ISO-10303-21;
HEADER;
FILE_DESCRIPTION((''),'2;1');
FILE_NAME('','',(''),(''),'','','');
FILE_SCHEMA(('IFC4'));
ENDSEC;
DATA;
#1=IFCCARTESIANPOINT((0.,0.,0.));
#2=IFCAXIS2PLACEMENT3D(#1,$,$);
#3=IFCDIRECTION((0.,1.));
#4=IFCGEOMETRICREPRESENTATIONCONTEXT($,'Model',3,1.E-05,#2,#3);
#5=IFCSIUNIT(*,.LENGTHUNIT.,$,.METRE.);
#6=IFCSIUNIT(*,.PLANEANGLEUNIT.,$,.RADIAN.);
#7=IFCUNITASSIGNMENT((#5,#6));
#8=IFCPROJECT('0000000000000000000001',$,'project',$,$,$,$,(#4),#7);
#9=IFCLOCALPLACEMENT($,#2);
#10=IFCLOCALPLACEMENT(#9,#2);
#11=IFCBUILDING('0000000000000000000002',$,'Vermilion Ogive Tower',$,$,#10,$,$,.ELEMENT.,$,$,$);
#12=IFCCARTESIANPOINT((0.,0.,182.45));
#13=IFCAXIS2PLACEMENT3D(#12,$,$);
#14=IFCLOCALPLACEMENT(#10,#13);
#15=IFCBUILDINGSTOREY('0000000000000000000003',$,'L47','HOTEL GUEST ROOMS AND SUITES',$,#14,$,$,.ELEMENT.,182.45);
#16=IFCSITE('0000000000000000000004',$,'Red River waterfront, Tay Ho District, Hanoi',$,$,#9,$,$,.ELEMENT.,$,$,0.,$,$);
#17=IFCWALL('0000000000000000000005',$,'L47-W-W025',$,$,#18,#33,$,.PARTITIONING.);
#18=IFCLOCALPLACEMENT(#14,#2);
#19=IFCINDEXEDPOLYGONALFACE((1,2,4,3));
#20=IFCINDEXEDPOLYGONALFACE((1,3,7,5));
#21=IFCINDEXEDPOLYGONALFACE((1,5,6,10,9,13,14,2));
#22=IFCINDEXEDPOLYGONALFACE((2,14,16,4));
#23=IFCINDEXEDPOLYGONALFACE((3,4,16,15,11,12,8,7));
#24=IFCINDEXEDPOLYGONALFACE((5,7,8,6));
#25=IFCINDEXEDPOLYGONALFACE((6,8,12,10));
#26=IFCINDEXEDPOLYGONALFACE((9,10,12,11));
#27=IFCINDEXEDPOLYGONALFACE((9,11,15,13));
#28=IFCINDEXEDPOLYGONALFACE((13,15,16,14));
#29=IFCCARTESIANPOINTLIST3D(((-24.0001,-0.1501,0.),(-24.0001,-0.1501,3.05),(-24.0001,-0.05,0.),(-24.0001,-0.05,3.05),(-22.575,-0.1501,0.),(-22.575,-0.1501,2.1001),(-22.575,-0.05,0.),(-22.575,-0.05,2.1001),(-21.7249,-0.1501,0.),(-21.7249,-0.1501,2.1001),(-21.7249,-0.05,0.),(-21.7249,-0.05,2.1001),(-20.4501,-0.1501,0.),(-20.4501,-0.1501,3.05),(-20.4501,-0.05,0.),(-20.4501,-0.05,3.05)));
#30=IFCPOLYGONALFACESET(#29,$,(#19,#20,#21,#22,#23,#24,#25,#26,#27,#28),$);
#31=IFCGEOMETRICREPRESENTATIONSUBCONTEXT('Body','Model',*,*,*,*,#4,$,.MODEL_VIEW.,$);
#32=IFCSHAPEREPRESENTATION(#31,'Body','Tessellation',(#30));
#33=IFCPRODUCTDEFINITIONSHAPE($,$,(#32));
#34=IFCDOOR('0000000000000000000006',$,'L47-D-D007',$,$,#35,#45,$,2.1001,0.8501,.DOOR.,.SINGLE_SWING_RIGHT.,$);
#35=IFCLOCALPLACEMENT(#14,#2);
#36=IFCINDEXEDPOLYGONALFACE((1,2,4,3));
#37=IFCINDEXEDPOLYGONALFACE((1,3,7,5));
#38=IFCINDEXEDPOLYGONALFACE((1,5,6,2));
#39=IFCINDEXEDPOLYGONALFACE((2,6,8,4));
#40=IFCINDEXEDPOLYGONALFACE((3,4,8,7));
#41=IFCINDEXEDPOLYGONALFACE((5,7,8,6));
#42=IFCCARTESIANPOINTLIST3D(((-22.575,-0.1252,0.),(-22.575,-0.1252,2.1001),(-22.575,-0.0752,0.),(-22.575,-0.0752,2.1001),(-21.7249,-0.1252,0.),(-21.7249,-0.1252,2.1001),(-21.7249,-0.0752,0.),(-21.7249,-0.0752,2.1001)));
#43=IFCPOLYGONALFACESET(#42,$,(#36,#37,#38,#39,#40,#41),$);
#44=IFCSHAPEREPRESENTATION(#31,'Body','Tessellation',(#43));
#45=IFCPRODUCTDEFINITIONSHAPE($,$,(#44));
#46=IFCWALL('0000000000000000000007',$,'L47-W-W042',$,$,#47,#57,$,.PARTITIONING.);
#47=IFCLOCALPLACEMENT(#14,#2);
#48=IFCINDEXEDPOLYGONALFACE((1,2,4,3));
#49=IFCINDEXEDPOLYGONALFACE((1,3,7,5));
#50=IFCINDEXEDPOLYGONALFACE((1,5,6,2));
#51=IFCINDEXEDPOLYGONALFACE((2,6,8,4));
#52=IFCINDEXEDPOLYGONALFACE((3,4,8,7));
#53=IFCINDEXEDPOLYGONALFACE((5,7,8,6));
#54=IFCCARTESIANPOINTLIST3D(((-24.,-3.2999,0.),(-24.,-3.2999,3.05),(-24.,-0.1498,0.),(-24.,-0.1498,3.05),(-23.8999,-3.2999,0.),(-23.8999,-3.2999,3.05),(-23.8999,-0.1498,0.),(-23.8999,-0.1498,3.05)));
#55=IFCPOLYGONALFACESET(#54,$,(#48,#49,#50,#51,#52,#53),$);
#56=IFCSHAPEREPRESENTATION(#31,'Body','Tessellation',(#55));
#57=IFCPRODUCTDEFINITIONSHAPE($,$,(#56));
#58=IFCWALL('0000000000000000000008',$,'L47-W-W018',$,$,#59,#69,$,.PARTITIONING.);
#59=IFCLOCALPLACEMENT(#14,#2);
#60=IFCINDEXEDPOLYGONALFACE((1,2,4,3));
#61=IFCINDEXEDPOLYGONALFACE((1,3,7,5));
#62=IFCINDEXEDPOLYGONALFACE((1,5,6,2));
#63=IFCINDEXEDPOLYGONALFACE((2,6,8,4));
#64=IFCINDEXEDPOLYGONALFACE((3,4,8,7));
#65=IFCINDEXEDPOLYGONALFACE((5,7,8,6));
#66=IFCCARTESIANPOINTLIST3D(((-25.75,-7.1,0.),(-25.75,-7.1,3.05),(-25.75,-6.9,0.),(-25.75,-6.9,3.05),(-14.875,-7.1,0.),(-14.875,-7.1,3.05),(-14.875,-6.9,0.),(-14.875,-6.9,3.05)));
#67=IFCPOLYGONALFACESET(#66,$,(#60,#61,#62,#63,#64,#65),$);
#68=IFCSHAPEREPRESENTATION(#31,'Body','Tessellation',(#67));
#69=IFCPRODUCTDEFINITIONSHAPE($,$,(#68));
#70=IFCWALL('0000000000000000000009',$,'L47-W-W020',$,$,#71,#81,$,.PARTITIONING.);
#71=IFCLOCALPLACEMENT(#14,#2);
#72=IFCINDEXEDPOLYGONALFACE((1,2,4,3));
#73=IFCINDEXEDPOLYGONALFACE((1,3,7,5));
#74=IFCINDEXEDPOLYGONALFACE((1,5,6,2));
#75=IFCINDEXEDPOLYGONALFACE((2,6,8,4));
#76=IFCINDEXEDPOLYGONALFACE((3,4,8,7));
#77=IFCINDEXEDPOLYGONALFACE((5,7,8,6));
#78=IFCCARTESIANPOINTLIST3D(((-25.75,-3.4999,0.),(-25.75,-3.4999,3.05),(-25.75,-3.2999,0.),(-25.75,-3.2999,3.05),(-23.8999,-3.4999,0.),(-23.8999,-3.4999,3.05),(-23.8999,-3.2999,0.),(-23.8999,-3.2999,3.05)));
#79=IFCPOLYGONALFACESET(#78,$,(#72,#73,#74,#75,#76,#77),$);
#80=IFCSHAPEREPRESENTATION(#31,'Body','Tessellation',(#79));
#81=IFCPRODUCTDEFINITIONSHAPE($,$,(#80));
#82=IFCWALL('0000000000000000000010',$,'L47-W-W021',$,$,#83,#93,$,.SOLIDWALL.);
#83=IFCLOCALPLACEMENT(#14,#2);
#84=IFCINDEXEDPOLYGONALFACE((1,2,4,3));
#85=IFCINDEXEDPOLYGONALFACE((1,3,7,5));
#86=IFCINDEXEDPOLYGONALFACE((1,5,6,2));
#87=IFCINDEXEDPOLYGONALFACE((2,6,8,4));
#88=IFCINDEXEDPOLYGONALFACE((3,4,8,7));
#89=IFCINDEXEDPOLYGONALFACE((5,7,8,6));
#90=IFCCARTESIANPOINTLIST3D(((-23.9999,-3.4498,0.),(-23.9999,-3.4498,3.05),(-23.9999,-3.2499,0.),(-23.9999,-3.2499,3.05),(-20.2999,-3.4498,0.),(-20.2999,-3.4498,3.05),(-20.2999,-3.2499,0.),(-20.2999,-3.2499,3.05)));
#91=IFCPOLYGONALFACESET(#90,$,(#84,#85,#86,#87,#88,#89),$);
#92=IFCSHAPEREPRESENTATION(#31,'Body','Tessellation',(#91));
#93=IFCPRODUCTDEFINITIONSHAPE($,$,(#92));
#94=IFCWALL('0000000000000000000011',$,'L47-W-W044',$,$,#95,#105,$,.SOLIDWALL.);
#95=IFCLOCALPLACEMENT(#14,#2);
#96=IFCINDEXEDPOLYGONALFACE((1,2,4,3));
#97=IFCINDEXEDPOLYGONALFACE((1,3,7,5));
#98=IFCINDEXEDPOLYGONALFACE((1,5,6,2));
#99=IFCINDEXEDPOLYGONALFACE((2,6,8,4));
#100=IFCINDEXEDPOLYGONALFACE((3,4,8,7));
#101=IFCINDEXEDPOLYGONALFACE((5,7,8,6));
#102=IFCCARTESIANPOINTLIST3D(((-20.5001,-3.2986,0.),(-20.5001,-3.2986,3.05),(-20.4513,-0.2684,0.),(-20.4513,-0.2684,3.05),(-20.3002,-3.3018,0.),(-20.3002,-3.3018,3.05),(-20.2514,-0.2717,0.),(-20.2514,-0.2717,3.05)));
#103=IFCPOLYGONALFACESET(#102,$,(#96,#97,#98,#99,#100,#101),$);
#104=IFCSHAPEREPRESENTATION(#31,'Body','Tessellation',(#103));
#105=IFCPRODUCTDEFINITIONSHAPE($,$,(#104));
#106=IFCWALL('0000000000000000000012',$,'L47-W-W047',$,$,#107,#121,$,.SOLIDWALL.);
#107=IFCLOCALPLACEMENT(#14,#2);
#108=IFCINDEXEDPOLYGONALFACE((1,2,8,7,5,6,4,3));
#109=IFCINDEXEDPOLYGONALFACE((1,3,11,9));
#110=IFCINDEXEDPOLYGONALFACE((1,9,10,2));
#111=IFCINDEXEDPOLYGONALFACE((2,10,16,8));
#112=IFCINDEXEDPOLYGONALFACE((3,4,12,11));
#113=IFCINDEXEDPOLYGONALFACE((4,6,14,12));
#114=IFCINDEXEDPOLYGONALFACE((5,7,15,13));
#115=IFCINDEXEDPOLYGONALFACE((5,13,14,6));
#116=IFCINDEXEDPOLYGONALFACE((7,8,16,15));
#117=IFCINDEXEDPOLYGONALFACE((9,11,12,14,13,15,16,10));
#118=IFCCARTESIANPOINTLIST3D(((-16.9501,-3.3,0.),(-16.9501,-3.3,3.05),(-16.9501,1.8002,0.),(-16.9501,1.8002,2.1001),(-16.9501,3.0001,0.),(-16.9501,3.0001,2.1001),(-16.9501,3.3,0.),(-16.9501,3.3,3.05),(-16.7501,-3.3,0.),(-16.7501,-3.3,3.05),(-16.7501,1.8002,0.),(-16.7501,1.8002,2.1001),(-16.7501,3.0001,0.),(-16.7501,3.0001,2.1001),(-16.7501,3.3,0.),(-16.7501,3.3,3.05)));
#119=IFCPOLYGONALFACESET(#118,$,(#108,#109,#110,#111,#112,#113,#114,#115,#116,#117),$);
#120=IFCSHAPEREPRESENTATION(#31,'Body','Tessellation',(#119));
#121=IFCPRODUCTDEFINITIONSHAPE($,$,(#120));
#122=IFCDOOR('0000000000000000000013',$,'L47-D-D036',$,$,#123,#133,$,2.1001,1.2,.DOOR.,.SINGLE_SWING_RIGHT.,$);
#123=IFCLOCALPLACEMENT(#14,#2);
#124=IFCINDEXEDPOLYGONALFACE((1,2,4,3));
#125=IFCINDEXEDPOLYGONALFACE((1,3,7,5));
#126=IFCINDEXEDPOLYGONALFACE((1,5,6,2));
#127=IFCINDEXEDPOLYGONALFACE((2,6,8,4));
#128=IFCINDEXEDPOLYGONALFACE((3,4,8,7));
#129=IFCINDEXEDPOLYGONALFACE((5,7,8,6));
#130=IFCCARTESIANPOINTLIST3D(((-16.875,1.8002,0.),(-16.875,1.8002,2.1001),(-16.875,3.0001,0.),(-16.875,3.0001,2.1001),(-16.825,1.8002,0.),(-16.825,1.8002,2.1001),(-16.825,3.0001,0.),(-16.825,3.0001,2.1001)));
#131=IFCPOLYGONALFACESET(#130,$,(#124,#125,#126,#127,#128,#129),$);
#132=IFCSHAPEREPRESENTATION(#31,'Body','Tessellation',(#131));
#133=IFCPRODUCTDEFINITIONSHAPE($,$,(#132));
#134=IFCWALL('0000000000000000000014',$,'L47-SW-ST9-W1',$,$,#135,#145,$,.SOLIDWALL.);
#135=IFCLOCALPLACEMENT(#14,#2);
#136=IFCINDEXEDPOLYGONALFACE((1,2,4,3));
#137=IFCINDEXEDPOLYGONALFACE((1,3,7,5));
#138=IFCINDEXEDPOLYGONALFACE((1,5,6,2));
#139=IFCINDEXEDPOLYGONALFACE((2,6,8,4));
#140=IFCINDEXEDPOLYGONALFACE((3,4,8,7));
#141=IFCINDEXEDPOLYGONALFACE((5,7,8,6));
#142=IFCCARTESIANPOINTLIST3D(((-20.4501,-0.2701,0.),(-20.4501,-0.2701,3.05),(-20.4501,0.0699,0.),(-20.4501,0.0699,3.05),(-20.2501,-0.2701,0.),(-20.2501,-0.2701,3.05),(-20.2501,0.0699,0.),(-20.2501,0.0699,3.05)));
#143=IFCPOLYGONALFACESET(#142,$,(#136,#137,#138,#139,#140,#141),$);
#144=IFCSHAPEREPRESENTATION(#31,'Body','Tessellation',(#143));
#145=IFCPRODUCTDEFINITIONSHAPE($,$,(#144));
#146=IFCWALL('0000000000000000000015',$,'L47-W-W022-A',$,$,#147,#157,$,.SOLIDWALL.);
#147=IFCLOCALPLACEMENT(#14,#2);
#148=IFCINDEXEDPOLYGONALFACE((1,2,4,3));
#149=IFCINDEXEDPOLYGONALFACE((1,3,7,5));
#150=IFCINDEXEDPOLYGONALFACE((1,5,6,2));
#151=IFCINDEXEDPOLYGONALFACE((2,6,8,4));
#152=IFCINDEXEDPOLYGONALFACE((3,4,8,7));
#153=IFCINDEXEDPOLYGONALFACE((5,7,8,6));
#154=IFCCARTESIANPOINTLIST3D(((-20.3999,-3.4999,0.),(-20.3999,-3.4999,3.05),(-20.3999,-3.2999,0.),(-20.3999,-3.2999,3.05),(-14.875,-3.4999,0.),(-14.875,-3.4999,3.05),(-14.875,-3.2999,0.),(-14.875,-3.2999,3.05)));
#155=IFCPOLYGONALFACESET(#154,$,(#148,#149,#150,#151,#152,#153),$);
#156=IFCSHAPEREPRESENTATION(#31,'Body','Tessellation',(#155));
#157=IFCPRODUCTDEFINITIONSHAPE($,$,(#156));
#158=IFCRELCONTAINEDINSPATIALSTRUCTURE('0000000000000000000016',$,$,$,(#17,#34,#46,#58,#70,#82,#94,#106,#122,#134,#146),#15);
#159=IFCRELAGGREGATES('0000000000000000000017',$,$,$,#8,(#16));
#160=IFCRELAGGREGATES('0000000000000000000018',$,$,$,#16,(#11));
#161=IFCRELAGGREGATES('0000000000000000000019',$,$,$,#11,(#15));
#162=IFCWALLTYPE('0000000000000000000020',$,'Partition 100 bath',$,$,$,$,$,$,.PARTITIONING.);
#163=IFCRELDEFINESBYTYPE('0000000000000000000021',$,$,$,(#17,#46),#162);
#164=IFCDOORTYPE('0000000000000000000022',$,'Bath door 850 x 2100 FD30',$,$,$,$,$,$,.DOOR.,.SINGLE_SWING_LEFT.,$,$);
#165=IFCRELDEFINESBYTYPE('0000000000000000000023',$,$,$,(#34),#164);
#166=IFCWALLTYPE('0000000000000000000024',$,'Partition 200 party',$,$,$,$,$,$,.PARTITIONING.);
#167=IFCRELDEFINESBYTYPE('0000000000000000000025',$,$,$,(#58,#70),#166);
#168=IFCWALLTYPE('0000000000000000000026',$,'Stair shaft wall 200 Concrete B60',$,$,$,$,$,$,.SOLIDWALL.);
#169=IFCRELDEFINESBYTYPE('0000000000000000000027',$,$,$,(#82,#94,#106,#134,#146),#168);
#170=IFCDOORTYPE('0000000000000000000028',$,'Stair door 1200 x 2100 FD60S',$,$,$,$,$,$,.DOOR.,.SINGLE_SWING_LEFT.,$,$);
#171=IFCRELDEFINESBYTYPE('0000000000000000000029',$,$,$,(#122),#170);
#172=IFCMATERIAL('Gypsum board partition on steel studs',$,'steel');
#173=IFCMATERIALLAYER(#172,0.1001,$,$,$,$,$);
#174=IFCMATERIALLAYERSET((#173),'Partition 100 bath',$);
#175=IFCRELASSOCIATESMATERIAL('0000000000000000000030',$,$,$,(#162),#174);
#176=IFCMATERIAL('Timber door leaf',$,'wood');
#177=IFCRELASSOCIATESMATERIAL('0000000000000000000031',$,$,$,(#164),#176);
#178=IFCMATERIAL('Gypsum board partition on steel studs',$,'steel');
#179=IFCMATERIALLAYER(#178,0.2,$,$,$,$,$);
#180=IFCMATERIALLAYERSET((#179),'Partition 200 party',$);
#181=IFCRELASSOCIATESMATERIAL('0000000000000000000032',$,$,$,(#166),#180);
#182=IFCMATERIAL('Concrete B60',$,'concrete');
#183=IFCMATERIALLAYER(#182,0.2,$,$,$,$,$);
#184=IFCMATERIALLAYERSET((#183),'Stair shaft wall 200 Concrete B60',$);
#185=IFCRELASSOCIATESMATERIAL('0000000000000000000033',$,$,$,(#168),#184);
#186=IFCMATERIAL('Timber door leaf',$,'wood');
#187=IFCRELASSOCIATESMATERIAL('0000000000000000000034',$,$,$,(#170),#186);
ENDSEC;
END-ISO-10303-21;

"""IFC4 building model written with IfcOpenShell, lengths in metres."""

from ifc_helpers import new_model, si_unit, direction, frame, frame_2d, origin, place, context, subcontext, project, spatial, rectangle, extrude, material, layer, layer_set, type_object, element, fill, save


model = new_model("IFC4")

# Units and contexts
model_context = context("Model", 3, precision=1e-05, world=origin(), true_north=direction((0.0, 1.0)))
body_context = subcontext(model_context, "Body", "Model", "MODEL_VIEW")
ifc_project = project(units=[si_unit("LENGTHUNIT", "METRE"), si_unit("PLANEANGLEUNIT", "RADIAN")], contexts=[model_context])

# Site, building, storey
site_placement = place(None, origin())
site = spatial("IfcSite", under=ifc_project, at=site_placement, Name="Red River waterfront, Tay Ho District, Hanoi", CompositionType="ELEMENT", RefElevation=0.0)
building_placement = place(site_placement, origin())
building = spatial("IfcBuilding", under=site, at=building_placement, Name="Vermilion Ogive Tower", CompositionType="ELEMENT")
storey_placement = place(building_placement, frame((0.0, 0.0, 182.45)))
storey = spatial("IfcBuildingStorey", under=building, at=storey_placement, Name="L47", Description="HOTEL GUEST ROOMS AND SUITES", CompositionType="ELEMENT", Elevation=182.45)

# Wall, opening, door
ifc_material_1 = material(Name="Gypsum board partition on steel studs", Category="steel")
ifc_layer_1 = layer(ifc_material_1, 0.1001)
ifc_layer_set_1 = layer_set([ifc_layer_1], Name="Partition 100 bath")
wall_type_1 = type_object("IfcWallType", Name="Partition 100 bath", PredefinedType="PARTITIONING", material=ifc_layer_set_1)
wall_1_placement = place(storey_placement, frame((-24.0, -0.1001, 0.0), z_axis=(0.0, 0.0, 1.0), x_axis=(1.0, 0.0, 0.0)))
wall_1 = element("IfcWall", 1, at=wall_1_placement, inside=storey, type_object=wall_type_1, Name="L47-W-W025", PredefinedType="PARTITIONING", context=body_context, shape_type="SweptSolid", body=[
    extrude(rectangle(XDim=3.55, YDim=0.1001, at=frame_2d((1.7749, 0.0))), origin(), (0.0, 0.0, 1.0), 3.05),
])
opening_1_placement = place(wall_1_placement, frame((1.425, 0.0, 0.0)))
opening_1 = element("IfcOpeningElement", 2, at=opening_1_placement, cuts=wall_1, PredefinedType="OPENING", context=body_context, shape_type="SweptSolid", body=[
    extrude(rectangle(XDim=0.8501, YDim=2.1001, at=frame_2d((0.425, 1.05))), frame((0.0, 0.0601, 0.0), z_axis=(0.0, -1.0, 0.0), x_axis=(1.0, 0.0, 0.0)), (0.0, 0.0, 1.0), 0.1201),
])
ifc_material_2 = material(Name="Timber door leaf", Category="wood")
door_type_1 = type_object("IfcDoorType", Name="Bath door 850 x 2100 FD30", OperationType="SINGLE_SWING_LEFT", PredefinedType="DOOR", material=ifc_material_2)
door_1_placement = place(opening_1_placement, origin())
door_1 = element("IfcDoor", 3, at=door_1_placement, inside=storey, type_object=door_type_1, Name="L47-D-D007", OperationType="SINGLE_SWING_RIGHT", OverallHeight=2.1001, OverallWidth=0.8501, PredefinedType="DOOR", context=body_context, shape_type="SweptSolid", body=[
    extrude(rectangle(XDim=0.8501, YDim=2.1001, at=frame_2d((0.425, 1.05))), frame((0.0, 0.0249, 0.0), z_axis=(0.0, -1.0, 0.0), x_axis=(1.0, 0.0, 0.0)), (0.0, 0.0, 1.0), 0.05),
])
fill(opening_1, door_1)

# Walls
wall_2_placement = place(storey_placement, frame((-23.95, -3.3, 0.0), z_axis=(0.0, 0.0, 1.0), x_axis=(0.0, 1.0, 0.0)))
element("IfcWall", 4, at=wall_2_placement, inside=storey, type_object=wall_type_1, Name="L47-W-W042", PredefinedType="PARTITIONING", context=body_context, shape_type="SweptSolid", body=[
    extrude(rectangle(XDim=3.1501, YDim=0.1001, at=frame_2d((1.5752, 0.0))), origin(), (0.0, 0.0, 1.0), 3.05),
])
ifc_material_3 = material(Name="Gypsum board partition on steel studs", Category="steel")
ifc_layer_2 = layer(ifc_material_3, 0.2)
ifc_layer_set_2 = layer_set([ifc_layer_2], Name="Partition 200 party")
wall_type_2 = type_object("IfcWallType", Name="Partition 200 party", PredefinedType="PARTITIONING", material=ifc_layer_set_2)
wall_3_placement = place(storey_placement, frame((-25.75, -7.0, 0.0), z_axis=(0.0, 0.0, 1.0), x_axis=(1.0, 0.0, 0.0)))
element("IfcWall", 5, at=wall_3_placement, inside=storey, type_object=wall_type_2, Name="L47-W-W018", PredefinedType="PARTITIONING", context=body_context, shape_type="SweptSolid", body=[
    extrude(rectangle(XDim=10.875, YDim=0.2, at=frame_2d((5.4375, 0.0))), origin(), (0.0, 0.0, 1.0), 3.05),
])
wall_4_placement = place(storey_placement, frame((-25.75, -3.3999, 0.0), z_axis=(0.0, 0.0, 1.0), x_axis=(1.0, 0.0, 0.0)))
element("IfcWall", 6, at=wall_4_placement, inside=storey, type_object=wall_type_2, Name="L47-W-W020", PredefinedType="PARTITIONING", context=body_context, shape_type="SweptSolid", body=[
    extrude(rectangle(XDim=1.8501, YDim=0.2, at=frame_2d((0.925, 0.0))), origin(), (0.0, 0.0, 1.0), 3.05),
])
ifc_material_4 = material(Name="Concrete B60", Category="concrete")
ifc_layer_3 = layer(ifc_material_4, 0.2)
ifc_layer_set_3 = layer_set([ifc_layer_3], Name="Stair shaft wall 200 Concrete B60")
wall_type_3 = type_object("IfcWallType", Name="Stair shaft wall 200 Concrete B60", PredefinedType="SOLIDWALL", material=ifc_layer_set_3)
wall_5_placement = place(storey_placement, frame((-24.0, -3.3499, 0.0), z_axis=(0.0, 0.0, 1.0), x_axis=(1.0, 0.0, 0.0)))
element("IfcWall", 7, at=wall_5_placement, inside=storey, type_object=wall_type_3, Name="L47-W-W021", PredefinedType="SOLIDWALL", context=body_context, shape_type="SweptSolid", body=[
    extrude(rectangle(XDim=3.7, YDim=0.2, at=frame_2d((1.8501, 0.0))), origin(), (0.0, 0.0, 1.0), 3.05),
])
wall_6_placement = place(storey_placement, frame((-20.4001, -3.3, 0.0), z_axis=(0.0, 0.0, 1.0), x_axis=(0.016113, 0.99987, 0.0)))
element("IfcWall", 8, at=wall_6_placement, inside=storey, type_object=wall_type_3, Name="L47-W-W044", PredefinedType="SOLIDWALL", context=body_context, shape_type="SweptSolid", body=[
    extrude(rectangle(XDim=3.0305, YDim=0.2, at=frame_2d((1.5151, 0.0))), origin(), (0.0, 0.0, 1.0), 3.05),
])

# Wall, opening, door
wall_7_placement = place(storey_placement, frame((-16.8501, -3.3, 0.0), z_axis=(0.0, 0.0, 1.0), x_axis=(0.0, 1.0, 0.0)))
wall_7 = element("IfcWall", 9, at=wall_7_placement, inside=storey, type_object=wall_type_3, Name="L47-W-W047", PredefinedType="SOLIDWALL", context=body_context, shape_type="SweptSolid", body=[
    extrude(rectangle(XDim=6.6001, YDim=0.2, at=frame_2d((3.3, 0.0))), origin(), (0.0, 0.0, 1.0), 3.05),
])
opening_2_placement = place(wall_7_placement, frame((5.1001, 0.0, 0.0)))
opening_2 = element("IfcOpeningElement", 10, at=opening_2_placement, cuts=wall_7, PredefinedType="OPENING", context=body_context, shape_type="SweptSolid", body=[
    extrude(rectangle(XDim=1.2, YDim=2.1001, at=frame_2d((0.6001, 1.05))), frame((0.0, 0.1099, 0.0), z_axis=(0.0, -1.0, 0.0), x_axis=(1.0, 0.0, 0.0)), (0.0, 0.0, 1.0), 0.22),
])
ifc_material_5 = material(Name="Timber door leaf", Category="wood")
door_type_2 = type_object("IfcDoorType", Name="Stair door 1200 x 2100 FD60S", OperationType="SINGLE_SWING_LEFT", PredefinedType="DOOR", material=ifc_material_5)
door_2_placement = place(opening_2_placement, origin())
door_2 = element("IfcDoor", 11, at=door_2_placement, inside=storey, type_object=door_type_2, Name="L47-D-D036", OperationType="SINGLE_SWING_RIGHT", OverallHeight=2.1001, OverallWidth=1.2, PredefinedType="DOOR", context=body_context, shape_type="SweptSolid", body=[
    extrude(rectangle(XDim=1.2, YDim=2.1001, at=frame_2d((0.6001, 1.05))), frame((0.0, 0.0249, 0.0), z_axis=(0.0, -1.0, 0.0), x_axis=(1.0, 0.0, 0.0)), (0.0, 0.0, 1.0), 0.05),
])
fill(opening_2, door_2)

# Walls
wall_8_placement = place(storey_placement, frame((-20.3501, -0.27, 0.0), z_axis=(0.0, 0.0, 1.0), x_axis=(0.0, 1.0, 0.0)))
element("IfcWall", 12, at=wall_8_placement, inside=storey, type_object=wall_type_3, Name="L47-SW-ST9-W1", PredefinedType="SOLIDWALL", context=body_context, shape_type="SweptSolid", body=[
    extrude(rectangle(XDim=0.3401, YDim=0.2, at=frame_2d((0.1699, 0.0))), origin(), (0.0, 0.0, 1.0), 3.05),
])
wall_9_placement = place(storey_placement, frame((-20.3999, -3.3999, 0.0), z_axis=(0.0, 0.0, 1.0), x_axis=(1.0, 0.0, 0.0)))
element("IfcWall", 13, at=wall_9_placement, inside=storey, type_object=wall_type_3, Name="L47-W-W022-A", PredefinedType="SOLIDWALL", context=body_context, shape_type="SweptSolid", body=[
    extrude(rectangle(XDim=5.5249, YDim=0.2, at=frame_2d((2.7625, 0.0))), origin(), (0.0, 0.0, 1.0), 3.05),
])

save(model, "model.ifc")
